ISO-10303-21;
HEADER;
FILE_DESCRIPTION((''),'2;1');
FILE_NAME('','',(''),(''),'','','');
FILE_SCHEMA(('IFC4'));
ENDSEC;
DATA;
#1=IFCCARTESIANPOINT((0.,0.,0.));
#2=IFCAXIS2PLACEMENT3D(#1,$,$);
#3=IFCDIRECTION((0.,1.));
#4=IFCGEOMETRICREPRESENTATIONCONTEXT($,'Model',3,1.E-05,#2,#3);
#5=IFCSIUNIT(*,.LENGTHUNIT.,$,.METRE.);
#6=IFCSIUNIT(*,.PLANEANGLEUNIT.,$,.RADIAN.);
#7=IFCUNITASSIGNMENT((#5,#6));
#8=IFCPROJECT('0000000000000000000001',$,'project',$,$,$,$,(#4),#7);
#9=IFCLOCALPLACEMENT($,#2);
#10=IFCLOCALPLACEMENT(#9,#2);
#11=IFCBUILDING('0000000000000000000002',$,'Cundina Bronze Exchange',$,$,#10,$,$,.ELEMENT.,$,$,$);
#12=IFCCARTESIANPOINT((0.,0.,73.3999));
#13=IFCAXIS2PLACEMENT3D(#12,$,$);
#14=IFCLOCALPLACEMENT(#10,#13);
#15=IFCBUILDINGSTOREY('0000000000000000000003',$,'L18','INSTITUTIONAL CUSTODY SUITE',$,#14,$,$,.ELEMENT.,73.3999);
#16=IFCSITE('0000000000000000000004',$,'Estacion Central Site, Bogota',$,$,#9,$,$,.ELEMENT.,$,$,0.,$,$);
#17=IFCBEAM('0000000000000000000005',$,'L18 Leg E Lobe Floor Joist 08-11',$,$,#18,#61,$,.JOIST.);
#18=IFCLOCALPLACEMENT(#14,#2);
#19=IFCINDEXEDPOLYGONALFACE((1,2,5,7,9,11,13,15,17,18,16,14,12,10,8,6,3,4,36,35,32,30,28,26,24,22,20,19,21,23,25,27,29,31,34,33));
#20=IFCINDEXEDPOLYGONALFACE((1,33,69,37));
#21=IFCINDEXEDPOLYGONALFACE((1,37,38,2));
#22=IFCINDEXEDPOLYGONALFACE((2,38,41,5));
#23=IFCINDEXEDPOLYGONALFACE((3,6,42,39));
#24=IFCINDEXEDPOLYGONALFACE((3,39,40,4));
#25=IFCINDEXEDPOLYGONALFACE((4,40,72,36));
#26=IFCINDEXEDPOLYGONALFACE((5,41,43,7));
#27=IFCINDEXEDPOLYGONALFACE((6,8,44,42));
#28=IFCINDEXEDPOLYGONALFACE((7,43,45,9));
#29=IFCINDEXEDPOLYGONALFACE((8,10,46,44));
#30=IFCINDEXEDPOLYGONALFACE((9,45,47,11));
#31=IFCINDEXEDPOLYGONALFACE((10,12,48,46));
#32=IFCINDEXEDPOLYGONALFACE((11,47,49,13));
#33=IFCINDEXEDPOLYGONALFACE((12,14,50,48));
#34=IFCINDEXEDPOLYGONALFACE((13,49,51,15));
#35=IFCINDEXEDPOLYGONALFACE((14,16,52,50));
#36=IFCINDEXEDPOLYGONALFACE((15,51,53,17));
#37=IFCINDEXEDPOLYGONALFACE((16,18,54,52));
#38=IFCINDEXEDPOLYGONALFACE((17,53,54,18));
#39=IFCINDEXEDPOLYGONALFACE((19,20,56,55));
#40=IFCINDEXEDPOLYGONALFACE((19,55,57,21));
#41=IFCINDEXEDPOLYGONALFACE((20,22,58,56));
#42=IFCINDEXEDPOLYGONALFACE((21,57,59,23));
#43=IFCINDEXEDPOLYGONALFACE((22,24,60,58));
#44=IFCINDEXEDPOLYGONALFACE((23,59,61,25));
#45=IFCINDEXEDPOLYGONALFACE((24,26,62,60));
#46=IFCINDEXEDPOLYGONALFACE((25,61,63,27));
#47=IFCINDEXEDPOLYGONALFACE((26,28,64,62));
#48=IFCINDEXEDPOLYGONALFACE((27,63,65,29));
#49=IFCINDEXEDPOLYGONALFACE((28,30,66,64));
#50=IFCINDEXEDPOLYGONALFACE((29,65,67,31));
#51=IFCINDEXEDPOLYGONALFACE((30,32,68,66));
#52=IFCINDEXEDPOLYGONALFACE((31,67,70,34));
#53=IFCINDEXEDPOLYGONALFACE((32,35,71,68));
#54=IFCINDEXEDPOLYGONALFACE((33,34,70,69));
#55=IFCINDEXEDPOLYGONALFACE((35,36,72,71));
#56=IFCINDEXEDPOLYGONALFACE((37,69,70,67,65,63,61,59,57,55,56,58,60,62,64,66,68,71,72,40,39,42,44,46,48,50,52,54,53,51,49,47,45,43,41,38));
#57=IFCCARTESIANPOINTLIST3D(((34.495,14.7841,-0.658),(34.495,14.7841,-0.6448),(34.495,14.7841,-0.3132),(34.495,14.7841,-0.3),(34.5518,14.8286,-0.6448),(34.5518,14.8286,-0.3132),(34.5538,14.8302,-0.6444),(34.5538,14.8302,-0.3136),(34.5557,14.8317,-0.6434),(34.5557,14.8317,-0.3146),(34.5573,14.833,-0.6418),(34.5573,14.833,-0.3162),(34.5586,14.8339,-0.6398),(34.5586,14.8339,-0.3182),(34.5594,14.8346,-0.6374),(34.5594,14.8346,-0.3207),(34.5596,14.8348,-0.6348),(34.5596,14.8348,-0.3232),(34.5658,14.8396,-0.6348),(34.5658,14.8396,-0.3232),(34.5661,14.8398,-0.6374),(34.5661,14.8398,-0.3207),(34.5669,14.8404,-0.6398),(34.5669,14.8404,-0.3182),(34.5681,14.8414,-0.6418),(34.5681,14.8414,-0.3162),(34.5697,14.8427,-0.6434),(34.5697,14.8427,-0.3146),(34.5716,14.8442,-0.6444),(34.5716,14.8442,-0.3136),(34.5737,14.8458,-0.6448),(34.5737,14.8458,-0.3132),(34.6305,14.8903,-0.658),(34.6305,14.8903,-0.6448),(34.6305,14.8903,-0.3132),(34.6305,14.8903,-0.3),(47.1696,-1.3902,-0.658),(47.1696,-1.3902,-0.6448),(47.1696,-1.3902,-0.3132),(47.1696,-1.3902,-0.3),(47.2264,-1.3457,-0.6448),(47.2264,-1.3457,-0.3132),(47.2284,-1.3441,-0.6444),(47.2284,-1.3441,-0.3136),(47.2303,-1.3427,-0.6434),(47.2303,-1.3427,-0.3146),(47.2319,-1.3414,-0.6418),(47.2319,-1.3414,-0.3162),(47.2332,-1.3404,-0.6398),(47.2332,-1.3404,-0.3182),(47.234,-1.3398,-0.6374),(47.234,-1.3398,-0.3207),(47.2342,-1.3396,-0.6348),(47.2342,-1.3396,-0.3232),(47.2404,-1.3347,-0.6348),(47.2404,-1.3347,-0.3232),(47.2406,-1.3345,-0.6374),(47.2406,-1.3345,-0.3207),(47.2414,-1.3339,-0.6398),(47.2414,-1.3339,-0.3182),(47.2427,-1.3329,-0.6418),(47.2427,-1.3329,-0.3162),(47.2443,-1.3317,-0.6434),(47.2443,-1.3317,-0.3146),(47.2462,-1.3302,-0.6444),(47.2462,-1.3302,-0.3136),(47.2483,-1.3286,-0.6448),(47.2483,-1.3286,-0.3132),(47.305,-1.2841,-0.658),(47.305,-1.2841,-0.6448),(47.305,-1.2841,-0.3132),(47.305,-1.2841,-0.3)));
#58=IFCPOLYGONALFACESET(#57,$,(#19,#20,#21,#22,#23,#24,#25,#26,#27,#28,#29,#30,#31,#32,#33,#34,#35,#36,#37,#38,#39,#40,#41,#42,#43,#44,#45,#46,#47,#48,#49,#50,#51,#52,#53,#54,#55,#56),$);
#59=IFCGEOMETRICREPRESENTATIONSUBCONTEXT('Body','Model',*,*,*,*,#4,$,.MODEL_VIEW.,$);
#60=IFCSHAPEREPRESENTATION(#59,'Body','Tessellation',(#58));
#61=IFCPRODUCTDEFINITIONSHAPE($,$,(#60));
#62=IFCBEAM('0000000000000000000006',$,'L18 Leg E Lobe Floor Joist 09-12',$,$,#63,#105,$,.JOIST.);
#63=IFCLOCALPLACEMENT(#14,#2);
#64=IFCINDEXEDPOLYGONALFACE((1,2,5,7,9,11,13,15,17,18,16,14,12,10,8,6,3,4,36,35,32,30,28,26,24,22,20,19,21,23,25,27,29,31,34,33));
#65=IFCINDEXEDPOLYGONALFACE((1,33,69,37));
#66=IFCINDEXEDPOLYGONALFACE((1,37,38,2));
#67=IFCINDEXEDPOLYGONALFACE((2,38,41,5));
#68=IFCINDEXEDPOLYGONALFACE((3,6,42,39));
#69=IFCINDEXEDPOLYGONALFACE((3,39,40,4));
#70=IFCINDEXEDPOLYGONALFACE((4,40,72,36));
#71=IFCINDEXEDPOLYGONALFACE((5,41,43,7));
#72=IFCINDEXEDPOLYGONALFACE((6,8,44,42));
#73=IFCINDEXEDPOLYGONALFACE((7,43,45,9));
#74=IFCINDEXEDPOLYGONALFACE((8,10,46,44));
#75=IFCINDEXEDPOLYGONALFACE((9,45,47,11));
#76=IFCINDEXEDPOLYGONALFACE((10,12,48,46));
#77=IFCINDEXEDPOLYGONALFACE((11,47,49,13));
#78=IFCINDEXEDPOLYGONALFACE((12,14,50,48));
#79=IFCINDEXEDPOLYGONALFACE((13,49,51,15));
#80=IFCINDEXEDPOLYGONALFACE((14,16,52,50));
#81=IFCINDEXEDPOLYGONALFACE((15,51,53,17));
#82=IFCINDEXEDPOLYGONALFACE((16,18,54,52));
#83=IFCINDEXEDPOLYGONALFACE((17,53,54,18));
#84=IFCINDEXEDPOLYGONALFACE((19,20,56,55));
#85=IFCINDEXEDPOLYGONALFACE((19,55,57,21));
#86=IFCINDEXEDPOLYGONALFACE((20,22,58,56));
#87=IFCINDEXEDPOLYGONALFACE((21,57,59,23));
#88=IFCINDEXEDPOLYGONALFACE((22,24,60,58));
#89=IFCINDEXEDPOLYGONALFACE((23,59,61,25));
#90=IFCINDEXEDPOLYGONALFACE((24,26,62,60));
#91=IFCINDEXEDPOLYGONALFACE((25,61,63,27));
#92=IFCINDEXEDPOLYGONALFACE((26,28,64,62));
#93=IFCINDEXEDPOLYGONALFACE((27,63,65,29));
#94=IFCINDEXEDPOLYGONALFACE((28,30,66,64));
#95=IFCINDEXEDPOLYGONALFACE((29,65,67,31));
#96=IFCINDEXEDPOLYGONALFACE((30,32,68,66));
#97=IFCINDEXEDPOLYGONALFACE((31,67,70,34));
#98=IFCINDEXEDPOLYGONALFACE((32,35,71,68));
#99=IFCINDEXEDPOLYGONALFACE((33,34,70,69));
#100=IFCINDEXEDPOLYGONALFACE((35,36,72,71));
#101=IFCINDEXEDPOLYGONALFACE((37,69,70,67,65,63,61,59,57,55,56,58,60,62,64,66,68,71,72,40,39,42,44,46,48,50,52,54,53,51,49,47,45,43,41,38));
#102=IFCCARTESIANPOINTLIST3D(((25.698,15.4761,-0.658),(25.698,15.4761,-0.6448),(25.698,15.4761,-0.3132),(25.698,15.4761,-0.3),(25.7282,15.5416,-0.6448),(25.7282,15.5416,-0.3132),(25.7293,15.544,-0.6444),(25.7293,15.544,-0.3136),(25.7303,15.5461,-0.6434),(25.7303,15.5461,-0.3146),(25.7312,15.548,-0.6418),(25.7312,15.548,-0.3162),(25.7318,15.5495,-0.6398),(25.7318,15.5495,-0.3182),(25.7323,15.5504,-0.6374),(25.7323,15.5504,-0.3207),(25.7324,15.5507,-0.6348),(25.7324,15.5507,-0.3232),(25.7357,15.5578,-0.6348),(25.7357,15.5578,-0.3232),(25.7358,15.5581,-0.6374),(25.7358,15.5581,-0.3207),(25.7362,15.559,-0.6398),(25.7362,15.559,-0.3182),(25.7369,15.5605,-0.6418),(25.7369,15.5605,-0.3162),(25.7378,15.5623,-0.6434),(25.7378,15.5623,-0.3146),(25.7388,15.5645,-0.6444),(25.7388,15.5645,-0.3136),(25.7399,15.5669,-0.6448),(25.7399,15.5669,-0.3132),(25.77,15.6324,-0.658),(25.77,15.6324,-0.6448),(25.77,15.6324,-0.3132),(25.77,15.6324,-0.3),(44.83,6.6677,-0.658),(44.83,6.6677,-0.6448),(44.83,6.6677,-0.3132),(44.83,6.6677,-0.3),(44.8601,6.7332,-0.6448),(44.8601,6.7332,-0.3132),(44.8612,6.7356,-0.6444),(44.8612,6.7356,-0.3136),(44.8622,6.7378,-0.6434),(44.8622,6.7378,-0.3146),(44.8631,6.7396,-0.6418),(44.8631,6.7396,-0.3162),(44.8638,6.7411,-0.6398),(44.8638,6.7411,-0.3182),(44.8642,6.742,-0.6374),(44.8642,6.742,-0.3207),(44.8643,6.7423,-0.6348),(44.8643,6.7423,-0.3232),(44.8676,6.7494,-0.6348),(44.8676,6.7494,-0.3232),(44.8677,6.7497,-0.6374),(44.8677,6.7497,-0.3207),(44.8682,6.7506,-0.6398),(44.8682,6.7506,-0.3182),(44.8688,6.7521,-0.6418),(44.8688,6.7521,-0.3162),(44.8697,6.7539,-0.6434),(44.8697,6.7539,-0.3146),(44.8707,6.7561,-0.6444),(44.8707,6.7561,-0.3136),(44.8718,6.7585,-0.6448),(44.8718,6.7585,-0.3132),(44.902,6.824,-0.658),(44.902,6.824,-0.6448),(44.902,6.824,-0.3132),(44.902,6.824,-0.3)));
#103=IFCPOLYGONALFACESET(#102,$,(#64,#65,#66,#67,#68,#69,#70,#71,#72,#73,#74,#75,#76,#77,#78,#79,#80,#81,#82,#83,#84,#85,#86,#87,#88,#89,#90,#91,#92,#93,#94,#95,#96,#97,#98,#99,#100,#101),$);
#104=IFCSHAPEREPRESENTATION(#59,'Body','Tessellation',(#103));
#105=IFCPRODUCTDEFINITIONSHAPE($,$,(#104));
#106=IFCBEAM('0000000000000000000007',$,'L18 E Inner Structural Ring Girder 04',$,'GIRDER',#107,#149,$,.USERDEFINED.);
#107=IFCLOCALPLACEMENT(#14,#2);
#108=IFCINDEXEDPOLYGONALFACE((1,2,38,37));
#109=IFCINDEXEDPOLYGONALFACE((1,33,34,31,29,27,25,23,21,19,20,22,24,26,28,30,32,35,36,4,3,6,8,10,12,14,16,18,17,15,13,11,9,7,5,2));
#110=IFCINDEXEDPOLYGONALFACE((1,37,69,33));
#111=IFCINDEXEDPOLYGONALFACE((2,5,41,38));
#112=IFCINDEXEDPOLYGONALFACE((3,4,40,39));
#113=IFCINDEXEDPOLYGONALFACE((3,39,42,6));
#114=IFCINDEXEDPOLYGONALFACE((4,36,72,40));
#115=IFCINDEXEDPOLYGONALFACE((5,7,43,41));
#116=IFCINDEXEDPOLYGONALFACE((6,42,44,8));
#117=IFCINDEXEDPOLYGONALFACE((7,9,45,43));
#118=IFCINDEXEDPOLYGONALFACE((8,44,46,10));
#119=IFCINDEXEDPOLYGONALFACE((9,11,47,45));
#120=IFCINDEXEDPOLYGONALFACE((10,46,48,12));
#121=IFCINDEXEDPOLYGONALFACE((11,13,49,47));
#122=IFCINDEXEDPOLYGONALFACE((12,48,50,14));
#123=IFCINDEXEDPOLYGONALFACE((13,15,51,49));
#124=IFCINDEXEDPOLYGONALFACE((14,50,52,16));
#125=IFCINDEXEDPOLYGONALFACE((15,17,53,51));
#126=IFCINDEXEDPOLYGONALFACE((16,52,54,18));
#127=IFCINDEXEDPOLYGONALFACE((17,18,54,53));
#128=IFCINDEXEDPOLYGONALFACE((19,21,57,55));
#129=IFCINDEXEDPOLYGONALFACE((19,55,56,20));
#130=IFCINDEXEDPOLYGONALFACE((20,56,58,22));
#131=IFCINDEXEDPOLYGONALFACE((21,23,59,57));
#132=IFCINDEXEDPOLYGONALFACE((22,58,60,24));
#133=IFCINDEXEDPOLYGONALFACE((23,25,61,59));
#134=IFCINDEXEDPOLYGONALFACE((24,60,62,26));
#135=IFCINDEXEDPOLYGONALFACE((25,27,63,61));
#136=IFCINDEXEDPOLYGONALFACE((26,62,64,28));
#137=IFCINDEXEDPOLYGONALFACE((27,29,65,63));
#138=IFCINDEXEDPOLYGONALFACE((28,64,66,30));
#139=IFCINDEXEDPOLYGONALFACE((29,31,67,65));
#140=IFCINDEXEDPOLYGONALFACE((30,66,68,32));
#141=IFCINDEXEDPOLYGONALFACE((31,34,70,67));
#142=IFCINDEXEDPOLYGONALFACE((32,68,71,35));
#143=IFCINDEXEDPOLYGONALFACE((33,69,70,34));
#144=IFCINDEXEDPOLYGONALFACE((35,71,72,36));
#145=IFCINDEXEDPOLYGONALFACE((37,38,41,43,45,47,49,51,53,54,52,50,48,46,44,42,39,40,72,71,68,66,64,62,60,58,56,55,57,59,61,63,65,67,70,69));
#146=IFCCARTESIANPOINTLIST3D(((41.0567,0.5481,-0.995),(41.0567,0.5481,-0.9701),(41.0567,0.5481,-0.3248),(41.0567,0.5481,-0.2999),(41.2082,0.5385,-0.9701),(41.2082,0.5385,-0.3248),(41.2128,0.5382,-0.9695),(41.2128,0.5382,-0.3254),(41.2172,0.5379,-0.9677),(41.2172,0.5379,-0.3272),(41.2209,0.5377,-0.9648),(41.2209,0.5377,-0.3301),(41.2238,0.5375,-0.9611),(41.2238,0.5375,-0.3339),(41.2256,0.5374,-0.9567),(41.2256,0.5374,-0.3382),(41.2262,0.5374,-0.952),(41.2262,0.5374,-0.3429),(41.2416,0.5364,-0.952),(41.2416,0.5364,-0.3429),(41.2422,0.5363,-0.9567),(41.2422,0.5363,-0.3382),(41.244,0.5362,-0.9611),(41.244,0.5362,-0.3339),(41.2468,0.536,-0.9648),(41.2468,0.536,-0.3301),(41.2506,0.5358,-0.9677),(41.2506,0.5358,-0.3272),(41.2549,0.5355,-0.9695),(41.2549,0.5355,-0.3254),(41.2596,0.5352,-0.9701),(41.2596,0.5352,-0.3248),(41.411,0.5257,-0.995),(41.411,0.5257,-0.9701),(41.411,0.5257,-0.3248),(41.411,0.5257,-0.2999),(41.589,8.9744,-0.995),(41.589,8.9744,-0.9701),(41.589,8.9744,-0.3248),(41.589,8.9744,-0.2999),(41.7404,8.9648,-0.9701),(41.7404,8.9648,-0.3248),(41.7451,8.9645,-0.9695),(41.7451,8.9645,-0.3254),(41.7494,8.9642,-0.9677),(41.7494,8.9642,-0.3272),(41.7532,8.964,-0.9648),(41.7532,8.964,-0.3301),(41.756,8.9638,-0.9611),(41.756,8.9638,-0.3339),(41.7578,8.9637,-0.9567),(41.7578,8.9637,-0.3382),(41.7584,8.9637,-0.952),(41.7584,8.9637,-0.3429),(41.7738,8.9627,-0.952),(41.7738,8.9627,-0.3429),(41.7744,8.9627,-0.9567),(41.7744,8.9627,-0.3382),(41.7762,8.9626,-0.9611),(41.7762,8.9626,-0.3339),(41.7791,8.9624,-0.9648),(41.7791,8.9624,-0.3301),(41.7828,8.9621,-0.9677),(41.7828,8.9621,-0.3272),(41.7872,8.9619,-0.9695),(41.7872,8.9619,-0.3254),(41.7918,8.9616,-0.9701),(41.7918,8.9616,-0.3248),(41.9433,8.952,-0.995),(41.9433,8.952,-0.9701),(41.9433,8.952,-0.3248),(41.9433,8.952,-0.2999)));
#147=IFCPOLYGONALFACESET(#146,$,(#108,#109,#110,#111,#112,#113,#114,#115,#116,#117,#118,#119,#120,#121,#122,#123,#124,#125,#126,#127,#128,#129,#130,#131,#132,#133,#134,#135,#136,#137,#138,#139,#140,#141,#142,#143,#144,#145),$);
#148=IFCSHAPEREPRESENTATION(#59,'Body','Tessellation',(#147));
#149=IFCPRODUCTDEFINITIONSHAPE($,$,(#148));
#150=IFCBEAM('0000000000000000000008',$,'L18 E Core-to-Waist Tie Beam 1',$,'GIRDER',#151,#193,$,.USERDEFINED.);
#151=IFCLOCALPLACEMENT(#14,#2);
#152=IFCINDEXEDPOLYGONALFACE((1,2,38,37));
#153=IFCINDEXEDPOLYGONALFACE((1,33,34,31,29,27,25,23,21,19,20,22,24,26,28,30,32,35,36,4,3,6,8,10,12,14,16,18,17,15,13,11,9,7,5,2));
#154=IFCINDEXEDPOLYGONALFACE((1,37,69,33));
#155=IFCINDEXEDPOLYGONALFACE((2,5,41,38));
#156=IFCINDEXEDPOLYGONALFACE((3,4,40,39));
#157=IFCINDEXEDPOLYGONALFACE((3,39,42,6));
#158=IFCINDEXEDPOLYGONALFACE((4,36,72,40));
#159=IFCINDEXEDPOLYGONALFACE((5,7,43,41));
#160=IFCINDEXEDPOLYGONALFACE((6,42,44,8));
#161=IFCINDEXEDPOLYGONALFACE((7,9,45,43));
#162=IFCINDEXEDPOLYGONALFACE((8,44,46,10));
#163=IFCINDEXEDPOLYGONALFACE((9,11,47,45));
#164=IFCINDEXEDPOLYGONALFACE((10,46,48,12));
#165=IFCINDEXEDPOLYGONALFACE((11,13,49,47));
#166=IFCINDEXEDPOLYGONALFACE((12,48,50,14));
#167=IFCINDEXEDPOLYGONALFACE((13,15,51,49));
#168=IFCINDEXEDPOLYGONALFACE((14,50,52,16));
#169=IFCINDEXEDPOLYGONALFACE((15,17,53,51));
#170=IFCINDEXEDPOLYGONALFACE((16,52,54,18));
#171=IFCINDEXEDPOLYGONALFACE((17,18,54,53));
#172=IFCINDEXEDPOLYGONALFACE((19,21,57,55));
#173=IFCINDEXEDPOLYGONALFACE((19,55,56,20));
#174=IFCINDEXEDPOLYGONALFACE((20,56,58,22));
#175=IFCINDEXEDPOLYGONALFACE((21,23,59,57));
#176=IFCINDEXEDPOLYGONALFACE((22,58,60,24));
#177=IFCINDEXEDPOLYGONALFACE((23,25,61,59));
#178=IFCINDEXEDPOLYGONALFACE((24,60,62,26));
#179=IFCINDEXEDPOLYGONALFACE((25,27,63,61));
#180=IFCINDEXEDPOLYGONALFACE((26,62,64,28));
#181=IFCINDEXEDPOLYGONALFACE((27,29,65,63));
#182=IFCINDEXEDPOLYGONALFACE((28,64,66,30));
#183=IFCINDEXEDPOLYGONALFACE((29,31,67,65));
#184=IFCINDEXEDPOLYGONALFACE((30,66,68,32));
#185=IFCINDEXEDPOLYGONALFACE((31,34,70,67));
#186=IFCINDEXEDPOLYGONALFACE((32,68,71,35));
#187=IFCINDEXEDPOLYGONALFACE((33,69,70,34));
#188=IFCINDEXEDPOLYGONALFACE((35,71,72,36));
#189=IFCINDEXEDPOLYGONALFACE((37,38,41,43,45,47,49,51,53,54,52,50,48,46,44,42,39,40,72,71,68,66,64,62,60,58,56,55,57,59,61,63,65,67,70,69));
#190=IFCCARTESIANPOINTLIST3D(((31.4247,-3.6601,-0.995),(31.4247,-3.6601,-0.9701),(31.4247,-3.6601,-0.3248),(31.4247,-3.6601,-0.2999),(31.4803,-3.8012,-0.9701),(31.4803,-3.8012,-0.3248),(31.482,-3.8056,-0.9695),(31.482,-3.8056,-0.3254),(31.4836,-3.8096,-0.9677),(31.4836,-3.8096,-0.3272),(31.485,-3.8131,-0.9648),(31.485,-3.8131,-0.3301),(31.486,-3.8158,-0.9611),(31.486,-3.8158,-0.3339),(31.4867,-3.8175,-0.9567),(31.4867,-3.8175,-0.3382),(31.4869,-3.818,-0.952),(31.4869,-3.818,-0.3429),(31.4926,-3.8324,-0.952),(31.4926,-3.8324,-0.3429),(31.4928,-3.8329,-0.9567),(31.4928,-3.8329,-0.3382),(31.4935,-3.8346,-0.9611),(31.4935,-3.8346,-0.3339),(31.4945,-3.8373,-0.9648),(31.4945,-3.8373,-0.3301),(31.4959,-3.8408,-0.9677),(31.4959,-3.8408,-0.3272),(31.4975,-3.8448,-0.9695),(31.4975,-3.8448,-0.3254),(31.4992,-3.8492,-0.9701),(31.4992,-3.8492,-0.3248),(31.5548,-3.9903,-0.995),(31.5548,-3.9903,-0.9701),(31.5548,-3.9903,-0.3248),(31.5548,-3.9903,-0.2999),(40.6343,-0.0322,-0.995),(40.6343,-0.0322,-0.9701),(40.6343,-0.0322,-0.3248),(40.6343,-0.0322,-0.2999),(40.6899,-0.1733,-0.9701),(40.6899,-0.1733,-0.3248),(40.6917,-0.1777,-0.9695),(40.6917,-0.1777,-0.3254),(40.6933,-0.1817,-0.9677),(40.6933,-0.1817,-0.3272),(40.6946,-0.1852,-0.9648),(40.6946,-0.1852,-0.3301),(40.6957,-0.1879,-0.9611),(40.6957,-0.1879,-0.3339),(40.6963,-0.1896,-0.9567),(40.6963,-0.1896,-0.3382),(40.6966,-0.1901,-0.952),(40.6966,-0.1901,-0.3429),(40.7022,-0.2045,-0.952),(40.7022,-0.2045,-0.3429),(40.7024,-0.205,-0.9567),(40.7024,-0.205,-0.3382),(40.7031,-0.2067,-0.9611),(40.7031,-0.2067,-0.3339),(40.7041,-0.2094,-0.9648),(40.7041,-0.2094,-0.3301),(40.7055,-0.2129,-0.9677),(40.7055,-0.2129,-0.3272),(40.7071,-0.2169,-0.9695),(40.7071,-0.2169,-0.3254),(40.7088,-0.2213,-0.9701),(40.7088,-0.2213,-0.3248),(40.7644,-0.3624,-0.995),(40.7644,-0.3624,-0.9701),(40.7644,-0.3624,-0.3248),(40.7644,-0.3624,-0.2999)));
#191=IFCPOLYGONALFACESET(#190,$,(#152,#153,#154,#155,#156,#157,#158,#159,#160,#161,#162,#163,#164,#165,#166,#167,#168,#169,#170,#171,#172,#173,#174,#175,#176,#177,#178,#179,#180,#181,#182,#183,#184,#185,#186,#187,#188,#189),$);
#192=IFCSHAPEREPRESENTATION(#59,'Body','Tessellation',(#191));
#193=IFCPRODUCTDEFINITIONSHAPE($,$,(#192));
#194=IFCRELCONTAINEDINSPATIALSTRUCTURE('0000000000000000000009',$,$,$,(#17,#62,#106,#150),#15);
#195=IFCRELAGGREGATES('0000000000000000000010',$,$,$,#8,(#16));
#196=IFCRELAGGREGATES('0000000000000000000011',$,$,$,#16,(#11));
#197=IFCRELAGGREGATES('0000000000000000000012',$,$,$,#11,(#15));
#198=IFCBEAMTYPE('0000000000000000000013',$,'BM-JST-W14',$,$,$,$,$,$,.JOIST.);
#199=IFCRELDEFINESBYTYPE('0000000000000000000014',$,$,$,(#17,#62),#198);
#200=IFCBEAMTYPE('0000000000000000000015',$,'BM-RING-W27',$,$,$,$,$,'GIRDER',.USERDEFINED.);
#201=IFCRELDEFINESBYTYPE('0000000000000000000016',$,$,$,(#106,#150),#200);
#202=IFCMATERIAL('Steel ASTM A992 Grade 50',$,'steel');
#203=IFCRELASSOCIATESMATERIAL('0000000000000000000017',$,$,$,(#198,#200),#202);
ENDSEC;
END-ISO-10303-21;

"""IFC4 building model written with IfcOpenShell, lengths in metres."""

from ifc_helpers import new_model, si_unit, direction, frame, origin, origin_2d, place, context, subcontext, project, spatial, i_section, extrude, material, material_profile, profile_set, type_object, element, save


model = new_model("IFC4")

# Units and contexts
model_context = context("Model", 3, precision=1e-05, world=origin(), true_north=direction((0.0, 1.0)))
body_context = subcontext(model_context, "Body", "Model", "MODEL_VIEW")
ifc_project = project(units=[si_unit("LENGTHUNIT", "METRE"), si_unit("PLANEANGLEUNIT", "RADIAN")], contexts=[model_context])

# Site, building, storey
site_placement = place(None, origin())
site = spatial("IfcSite", under=ifc_project, at=site_placement, Name="Estacion Central Site, Bogota", CompositionType="ELEMENT", RefElevation=0.0)
building_placement = place(site_placement, origin())
building = spatial("IfcBuilding", under=site, at=building_placement, Name="Cundina Bronze Exchange", CompositionType="ELEMENT")
storey_placement = place(building_placement, frame((0.0, 0.0, 73.3999)))
storey = spatial("IfcBuildingStorey", under=building, at=storey_placement, Name="L18", Description="INSTITUTIONAL CUSTODY SUITE", CompositionType="ELEMENT", Elevation=73.3999)

# Shared definitions
ifc_material_1 = material(Name="Steel ASTM A992 Grade 50", Category="steel")

# Beams
ifc_material_profile_1 = material_profile(ifc_material_1, i_section(OverallWidth=0.1721, OverallDepth=0.3579, WebThickness=0.0078, FlangeThickness=0.0132, FilletRadius=0.01, at=origin_2d()), Name="W14X38", Category="steel")
ifc_profile_set_1 = profile_set([ifc_material_profile_1], Name="Steel ASTM A992 Grade 50")
beam_type_1 = type_object("IfcBeamType", Name="BM-JST-W14", PredefinedType="JOIST", material=ifc_profile_set_1)
beam_1_placement = place(storey_placement, frame((47.2373, -1.3372, -0.479), z_axis=(-0.616803, 0.787117, 0.0), x_axis=(-0.787117, -0.616803, 0.0)))
element("IfcBeam", 1, at=beam_1_placement, inside=storey, type_object=beam_type_1, Name="L18 Leg E Lobe Floor Joist 08-11", PredefinedType="JOIST", context=body_context, shape_type="SweptSolid", body=[
    extrude(i_section(OverallWidth=0.1721, OverallDepth=0.3579, WebThickness=0.0078, FlangeThickness=0.0132, FilletRadius=0.01, at=origin_2d()), origin(), (0.0, 0.0, 1.0), 20.5488),
])
beam_2_placement = place(storey_placement, frame((44.866, 6.7458, -0.479), z_axis=(-0.908352, 0.418208, 0.0), x_axis=(-0.418208, -0.908352, 0.0)))
element("IfcBeam", 2, at=beam_2_placement, inside=storey, type_object=beam_type_1, Name="L18 Leg E Lobe Floor Joist 09-12", PredefinedType="JOIST", context=body_context, shape_type="SweptSolid", body=[
    extrude(i_section(OverallWidth=0.1721, OverallDepth=0.3579, WebThickness=0.0078, FlangeThickness=0.0132, FilletRadius=0.01, at=origin_2d()), origin(), (0.0, 0.0, 1.0), 21.0623),
])
ifc_material_profile_2 = material_profile(ifc_material_1, i_section(OverallWidth=0.355, OverallDepth=0.6951, WebThickness=0.0154, FlangeThickness=0.0249, FilletRadius=0.0181, at=origin_2d()), Name="W27X146", Category="steel")
ifc_profile_set_2 = profile_set([ifc_material_profile_2], Name="Steel ASTM A992 Grade 50")
beam_type_2 = type_object("IfcBeamType", Name="BM-RING-W27", ElementType="GIRDER", PredefinedType="USERDEFINED", material=ifc_profile_set_2)
beam_3_placement = place(storey_placement, frame((41.2339, 0.5369, -0.6475), z_axis=(0.063037, 0.998011, 0.0), x_axis=(-0.998011, 0.063037, 0.0)))
element("IfcBeam", 3, at=beam_3_placement, inside=storey, type_object=beam_type_2, Name="L18 E Inner Structural Ring Girder 04", ObjectType="GIRDER", PredefinedType="USERDEFINED", context=body_context, shape_type="SweptSolid", body=[
    extrude(i_section(OverallWidth=0.355, OverallDepth=0.6951, WebThickness=0.0154, FlangeThickness=0.0249, FilletRadius=0.0181, at=origin_2d()), origin(), (0.0, 0.0, 1.0), 8.4431),
])
beam_4_placement = place(storey_placement, frame((31.4897, -3.8252, -0.6475), z_axis=(0.930413, 0.366512, 0.0), x_axis=(-0.366512, 0.930413, 0.0)))
element("IfcBeam", 4, at=beam_4_placement, inside=storey, type_object=beam_type_2, Name="L18 E Core-to-Waist Tie Beam 1", ObjectType="GIRDER", PredefinedType="USERDEFINED", context=body_context, shape_type="SweptSolid", body=[
    extrude(i_section(OverallWidth=0.355, OverallDepth=0.6951, WebThickness=0.0154, FlangeThickness=0.0249, FilletRadius=0.0181, at=origin_2d()), origin(), (0.0, 0.0, 1.0), 9.8984),
])

save(model, "model.ifc")
